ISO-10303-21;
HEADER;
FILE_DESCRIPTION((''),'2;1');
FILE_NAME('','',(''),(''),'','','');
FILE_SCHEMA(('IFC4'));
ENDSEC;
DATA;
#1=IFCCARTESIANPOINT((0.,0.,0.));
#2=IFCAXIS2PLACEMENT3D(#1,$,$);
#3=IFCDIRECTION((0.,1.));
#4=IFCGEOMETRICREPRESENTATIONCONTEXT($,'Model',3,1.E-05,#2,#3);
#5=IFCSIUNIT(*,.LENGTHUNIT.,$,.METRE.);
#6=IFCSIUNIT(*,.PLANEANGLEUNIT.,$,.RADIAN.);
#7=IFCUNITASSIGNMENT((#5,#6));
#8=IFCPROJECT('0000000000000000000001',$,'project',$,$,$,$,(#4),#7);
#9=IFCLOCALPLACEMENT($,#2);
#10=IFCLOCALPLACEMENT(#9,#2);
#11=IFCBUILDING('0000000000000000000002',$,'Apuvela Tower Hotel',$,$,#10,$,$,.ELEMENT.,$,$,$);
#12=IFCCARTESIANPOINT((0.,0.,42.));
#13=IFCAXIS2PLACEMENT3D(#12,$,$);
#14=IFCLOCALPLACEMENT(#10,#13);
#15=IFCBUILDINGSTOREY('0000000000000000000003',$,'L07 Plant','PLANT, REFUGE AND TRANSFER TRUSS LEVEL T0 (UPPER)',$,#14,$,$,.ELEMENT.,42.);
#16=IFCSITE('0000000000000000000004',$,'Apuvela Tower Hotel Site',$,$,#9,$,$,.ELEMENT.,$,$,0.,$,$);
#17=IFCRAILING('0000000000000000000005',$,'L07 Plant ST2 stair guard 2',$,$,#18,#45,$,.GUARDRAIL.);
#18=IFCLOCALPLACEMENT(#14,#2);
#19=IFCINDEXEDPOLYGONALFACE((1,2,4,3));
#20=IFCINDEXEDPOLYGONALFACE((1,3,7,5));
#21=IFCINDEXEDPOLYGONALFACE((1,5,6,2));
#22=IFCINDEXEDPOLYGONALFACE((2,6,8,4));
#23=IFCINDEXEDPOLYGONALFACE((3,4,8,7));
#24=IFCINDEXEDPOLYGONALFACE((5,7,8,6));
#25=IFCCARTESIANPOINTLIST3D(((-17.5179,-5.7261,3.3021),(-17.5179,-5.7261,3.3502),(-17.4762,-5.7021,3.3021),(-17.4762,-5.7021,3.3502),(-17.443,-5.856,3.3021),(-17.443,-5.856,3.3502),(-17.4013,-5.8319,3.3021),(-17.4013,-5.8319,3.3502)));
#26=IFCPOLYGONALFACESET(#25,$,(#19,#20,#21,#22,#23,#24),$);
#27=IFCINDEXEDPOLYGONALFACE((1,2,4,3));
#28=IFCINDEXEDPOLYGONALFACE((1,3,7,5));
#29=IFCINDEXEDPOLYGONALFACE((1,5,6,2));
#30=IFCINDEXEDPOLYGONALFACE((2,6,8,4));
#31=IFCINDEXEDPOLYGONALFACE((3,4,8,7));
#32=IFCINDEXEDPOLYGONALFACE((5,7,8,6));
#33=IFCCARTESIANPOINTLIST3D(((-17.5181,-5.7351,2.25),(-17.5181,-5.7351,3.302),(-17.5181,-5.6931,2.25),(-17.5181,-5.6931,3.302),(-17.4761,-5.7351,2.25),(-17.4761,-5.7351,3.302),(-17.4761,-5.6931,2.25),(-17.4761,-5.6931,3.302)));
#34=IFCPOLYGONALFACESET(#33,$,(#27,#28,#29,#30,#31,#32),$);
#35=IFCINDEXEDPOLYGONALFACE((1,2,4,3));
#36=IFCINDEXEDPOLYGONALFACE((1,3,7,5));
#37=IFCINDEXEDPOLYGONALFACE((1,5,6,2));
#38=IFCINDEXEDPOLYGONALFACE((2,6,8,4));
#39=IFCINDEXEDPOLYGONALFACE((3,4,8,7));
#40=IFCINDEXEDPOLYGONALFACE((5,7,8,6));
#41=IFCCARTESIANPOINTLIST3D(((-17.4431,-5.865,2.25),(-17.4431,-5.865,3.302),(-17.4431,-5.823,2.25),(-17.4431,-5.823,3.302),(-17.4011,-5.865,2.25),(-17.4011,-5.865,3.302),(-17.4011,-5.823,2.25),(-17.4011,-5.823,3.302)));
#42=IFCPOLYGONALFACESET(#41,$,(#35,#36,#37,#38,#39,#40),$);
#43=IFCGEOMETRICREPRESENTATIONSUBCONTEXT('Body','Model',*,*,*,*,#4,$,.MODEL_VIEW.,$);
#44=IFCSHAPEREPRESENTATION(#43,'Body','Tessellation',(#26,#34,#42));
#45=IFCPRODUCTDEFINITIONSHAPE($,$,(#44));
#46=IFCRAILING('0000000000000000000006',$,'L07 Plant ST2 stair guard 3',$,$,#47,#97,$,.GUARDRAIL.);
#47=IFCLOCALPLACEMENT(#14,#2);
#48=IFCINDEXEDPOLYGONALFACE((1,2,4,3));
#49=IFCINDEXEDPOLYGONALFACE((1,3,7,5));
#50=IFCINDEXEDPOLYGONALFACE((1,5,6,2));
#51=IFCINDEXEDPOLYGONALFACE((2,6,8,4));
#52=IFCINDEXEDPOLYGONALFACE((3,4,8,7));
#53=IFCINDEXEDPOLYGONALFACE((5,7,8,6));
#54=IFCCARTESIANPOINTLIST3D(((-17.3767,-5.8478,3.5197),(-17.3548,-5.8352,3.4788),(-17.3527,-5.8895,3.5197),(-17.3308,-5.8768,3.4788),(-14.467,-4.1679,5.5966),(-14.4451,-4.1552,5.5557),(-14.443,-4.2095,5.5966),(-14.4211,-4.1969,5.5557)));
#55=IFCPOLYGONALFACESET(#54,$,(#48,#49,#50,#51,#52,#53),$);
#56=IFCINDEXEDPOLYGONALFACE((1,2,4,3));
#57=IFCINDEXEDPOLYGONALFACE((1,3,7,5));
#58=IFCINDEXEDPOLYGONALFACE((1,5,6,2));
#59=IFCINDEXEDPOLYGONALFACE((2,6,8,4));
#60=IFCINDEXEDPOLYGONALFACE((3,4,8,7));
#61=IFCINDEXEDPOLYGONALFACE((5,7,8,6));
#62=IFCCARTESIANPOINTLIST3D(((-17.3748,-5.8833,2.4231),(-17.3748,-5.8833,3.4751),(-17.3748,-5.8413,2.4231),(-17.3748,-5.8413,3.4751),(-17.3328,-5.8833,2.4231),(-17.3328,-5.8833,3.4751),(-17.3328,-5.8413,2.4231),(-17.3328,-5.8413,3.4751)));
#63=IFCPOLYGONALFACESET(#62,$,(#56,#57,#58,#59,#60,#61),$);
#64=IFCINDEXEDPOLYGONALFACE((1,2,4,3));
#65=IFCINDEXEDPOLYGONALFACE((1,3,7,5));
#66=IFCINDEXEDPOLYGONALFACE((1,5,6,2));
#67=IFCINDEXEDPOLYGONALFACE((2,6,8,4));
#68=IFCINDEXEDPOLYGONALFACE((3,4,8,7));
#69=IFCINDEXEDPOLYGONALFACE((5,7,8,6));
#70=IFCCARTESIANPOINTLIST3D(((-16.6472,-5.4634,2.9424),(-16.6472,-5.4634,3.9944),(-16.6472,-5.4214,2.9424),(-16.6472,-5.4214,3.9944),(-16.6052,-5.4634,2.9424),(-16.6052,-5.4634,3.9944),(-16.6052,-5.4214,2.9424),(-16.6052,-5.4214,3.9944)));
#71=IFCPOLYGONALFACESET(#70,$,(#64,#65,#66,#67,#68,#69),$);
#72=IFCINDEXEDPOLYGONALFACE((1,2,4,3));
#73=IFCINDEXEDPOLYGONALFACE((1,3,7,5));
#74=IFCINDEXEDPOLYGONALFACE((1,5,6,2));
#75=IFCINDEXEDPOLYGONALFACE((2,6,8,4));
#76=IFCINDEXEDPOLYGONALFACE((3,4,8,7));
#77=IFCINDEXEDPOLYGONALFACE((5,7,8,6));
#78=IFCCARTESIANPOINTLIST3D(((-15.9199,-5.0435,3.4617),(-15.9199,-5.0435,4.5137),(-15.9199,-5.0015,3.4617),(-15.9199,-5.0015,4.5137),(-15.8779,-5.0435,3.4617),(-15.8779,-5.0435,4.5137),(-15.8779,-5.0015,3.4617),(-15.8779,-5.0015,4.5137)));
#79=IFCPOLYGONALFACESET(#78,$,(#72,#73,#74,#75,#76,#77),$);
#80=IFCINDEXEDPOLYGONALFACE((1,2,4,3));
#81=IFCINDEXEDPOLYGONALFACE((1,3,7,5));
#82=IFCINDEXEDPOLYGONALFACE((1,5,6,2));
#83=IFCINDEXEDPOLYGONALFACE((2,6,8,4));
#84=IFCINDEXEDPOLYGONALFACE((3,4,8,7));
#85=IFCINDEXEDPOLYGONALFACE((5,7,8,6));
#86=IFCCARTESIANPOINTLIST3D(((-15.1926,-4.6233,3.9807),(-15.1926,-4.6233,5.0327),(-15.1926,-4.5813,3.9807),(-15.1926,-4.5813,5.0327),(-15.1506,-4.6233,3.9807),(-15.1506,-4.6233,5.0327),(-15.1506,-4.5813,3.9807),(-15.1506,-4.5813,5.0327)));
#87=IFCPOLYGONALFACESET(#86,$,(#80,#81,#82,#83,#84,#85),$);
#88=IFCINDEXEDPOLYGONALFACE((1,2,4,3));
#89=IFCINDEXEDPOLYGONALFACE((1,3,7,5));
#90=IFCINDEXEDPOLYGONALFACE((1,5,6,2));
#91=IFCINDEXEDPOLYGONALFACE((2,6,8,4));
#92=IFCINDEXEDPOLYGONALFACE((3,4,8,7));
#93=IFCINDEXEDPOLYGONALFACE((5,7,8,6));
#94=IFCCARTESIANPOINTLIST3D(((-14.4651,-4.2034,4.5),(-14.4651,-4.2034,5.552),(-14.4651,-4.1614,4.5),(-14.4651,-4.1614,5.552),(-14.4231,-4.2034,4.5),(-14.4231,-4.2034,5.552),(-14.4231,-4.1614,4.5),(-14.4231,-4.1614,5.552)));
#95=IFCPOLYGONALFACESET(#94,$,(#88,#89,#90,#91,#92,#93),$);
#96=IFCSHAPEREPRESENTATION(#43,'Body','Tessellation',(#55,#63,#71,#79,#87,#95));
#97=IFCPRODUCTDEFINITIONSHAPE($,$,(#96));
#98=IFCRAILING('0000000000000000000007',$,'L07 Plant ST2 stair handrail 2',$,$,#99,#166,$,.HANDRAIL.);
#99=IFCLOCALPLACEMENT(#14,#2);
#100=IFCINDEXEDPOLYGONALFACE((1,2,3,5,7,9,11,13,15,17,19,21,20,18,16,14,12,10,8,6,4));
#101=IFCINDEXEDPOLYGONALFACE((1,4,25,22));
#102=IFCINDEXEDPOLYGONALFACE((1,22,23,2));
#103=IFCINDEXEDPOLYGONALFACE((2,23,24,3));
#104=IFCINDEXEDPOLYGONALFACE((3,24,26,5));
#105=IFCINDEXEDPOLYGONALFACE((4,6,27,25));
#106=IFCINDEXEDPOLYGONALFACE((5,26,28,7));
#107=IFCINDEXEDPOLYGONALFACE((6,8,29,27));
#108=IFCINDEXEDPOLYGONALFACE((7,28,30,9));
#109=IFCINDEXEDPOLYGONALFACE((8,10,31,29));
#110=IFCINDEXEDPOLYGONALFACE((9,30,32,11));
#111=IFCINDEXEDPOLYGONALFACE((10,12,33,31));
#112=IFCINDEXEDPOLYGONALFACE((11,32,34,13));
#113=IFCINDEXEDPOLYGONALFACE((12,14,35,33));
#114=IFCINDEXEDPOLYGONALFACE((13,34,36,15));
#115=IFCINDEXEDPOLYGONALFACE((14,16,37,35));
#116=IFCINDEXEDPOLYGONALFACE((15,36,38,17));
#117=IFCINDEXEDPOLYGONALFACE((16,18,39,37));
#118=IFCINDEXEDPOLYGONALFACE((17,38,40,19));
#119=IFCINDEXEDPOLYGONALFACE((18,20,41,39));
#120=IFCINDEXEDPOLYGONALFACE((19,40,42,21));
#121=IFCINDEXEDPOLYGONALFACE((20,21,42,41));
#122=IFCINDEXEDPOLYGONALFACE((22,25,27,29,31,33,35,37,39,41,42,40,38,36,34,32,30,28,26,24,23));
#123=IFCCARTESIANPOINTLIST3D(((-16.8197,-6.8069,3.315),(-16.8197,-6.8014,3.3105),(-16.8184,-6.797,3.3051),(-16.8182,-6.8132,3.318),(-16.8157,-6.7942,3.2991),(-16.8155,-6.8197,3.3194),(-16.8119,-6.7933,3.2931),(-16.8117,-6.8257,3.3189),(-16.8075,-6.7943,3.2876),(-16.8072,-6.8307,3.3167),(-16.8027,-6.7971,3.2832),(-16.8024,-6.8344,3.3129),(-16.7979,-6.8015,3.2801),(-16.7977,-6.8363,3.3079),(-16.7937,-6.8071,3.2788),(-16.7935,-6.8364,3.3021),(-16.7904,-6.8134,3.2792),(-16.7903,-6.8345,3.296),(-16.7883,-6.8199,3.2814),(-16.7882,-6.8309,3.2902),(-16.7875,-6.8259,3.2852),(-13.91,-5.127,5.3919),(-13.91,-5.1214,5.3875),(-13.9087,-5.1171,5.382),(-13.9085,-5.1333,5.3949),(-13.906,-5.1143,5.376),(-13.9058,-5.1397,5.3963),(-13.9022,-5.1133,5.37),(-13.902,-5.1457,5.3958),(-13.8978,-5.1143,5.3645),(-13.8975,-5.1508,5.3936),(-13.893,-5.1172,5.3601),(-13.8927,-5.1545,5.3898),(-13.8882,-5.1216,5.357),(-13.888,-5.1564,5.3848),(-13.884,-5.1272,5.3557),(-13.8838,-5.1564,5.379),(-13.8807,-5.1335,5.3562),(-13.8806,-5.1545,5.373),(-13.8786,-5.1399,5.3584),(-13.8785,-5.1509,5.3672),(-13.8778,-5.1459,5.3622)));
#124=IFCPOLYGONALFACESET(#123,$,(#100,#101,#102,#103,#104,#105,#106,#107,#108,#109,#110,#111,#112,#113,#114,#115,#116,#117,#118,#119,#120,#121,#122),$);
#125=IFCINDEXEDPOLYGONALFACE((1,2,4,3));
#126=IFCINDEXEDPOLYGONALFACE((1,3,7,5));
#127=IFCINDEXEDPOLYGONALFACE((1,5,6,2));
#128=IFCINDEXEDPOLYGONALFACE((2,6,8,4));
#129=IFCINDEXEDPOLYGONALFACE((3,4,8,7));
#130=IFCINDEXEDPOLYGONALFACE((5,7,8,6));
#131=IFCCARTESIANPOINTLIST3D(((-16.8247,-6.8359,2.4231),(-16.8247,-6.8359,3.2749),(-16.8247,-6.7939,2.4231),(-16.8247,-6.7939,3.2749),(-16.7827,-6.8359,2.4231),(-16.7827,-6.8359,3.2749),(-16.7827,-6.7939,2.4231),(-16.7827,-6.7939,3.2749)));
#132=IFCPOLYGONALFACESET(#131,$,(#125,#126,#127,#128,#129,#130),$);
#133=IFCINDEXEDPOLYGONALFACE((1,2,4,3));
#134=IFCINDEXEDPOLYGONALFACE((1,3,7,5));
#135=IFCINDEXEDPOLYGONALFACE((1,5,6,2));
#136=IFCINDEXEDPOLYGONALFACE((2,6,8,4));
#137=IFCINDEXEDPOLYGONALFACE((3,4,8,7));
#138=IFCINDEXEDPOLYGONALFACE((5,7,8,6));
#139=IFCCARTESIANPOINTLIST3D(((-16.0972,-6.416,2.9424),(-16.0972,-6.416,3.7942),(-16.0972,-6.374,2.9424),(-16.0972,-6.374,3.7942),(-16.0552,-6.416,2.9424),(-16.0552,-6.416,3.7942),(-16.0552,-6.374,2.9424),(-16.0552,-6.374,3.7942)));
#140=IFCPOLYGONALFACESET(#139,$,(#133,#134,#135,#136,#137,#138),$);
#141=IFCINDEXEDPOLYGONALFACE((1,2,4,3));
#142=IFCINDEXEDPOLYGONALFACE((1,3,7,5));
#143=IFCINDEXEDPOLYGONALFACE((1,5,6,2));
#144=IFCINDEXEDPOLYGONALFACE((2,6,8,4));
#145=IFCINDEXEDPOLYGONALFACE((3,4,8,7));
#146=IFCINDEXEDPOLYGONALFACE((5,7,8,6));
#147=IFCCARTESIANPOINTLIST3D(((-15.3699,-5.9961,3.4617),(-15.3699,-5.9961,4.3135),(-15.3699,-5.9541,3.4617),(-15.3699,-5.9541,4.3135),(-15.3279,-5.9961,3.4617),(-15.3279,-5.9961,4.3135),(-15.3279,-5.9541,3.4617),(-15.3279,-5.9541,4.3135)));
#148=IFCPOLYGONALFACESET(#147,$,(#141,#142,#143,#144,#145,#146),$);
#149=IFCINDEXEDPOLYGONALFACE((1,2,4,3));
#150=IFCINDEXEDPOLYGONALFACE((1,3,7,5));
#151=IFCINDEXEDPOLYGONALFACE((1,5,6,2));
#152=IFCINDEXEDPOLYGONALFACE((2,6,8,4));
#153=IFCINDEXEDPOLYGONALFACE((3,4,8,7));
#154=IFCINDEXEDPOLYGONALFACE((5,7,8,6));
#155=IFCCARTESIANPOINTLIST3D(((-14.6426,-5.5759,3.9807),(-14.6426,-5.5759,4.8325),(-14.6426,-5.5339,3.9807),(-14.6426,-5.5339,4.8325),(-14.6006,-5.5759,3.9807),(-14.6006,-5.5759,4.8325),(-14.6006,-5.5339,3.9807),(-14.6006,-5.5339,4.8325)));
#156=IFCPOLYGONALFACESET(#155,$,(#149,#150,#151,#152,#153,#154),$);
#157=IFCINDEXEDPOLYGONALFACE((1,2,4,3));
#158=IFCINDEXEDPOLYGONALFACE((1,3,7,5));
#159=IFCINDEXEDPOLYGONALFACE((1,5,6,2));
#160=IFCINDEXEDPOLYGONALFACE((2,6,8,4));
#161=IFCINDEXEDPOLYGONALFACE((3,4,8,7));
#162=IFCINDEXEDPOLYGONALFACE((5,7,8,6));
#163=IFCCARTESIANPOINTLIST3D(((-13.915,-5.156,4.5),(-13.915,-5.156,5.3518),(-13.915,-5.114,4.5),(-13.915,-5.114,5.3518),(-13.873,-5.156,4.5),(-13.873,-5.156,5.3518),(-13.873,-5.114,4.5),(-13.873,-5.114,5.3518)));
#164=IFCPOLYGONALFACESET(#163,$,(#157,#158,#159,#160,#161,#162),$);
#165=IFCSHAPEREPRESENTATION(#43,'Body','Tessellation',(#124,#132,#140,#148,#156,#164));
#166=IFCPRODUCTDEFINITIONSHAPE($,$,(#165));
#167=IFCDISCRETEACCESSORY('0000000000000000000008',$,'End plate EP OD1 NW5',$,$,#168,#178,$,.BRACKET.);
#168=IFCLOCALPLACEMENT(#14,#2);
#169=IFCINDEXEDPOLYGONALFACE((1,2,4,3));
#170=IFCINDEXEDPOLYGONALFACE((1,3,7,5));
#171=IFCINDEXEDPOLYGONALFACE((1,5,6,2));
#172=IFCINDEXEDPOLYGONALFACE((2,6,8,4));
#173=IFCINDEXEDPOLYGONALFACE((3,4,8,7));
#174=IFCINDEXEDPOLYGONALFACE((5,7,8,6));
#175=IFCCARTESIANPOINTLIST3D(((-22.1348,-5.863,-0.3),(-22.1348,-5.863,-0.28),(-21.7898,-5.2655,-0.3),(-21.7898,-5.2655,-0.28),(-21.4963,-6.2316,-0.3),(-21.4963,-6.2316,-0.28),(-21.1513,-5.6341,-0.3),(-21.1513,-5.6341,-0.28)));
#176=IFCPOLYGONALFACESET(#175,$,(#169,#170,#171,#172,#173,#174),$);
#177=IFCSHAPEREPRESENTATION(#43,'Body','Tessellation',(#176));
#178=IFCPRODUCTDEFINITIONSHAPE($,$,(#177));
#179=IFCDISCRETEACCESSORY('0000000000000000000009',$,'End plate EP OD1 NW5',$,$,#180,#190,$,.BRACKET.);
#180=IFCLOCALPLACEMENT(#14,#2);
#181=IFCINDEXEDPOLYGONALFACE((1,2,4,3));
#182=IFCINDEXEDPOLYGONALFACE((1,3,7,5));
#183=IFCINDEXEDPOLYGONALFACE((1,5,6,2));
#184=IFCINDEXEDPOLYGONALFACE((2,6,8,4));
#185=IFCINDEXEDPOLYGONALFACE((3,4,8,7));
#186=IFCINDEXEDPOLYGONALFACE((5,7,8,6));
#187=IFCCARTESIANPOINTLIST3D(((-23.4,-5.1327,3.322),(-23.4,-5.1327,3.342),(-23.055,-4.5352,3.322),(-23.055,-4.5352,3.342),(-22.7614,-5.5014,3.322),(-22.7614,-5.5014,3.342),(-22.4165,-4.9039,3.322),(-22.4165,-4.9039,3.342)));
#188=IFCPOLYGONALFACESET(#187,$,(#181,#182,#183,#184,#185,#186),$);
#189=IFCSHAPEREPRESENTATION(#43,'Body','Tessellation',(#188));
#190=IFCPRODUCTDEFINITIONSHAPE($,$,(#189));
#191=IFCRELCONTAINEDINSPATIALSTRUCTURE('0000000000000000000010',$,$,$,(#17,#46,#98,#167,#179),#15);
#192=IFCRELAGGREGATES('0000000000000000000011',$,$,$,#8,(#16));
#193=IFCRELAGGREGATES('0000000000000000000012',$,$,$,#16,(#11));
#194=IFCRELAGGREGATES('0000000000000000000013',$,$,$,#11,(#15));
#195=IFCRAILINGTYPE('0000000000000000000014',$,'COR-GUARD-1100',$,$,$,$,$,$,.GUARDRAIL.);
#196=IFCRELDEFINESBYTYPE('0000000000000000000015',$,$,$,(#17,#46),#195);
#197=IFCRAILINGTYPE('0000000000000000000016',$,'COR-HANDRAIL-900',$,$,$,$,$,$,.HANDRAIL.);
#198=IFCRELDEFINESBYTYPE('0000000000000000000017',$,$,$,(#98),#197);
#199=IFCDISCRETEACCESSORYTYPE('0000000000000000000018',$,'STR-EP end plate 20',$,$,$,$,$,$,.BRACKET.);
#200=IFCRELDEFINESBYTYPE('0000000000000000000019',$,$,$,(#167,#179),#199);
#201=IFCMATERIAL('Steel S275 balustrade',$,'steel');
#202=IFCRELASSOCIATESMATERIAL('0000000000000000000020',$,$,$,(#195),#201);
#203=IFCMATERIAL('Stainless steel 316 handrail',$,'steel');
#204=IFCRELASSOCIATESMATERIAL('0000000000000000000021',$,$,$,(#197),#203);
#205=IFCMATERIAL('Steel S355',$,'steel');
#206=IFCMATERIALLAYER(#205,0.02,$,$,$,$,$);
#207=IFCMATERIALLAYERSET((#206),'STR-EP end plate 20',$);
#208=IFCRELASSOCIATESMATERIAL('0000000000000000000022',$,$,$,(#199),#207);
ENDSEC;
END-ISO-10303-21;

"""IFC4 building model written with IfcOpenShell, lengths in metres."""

from ifc_helpers import new_model, si_unit, direction, frame, origin, origin_2d, place, context, subcontext, project, spatial, rectangle, circle, extrude, material, layer, layer_set, type_object, element, save


model = new_model("IFC4")

# Units and contexts
model_context = context("Model", 3, precision=1e-05, world=origin(), true_north=direction((0.0, 1.0)))
body_context = subcontext(model_context, "Body", "Model", "MODEL_VIEW")
ifc_project = project(units=[si_unit("LENGTHUNIT", "METRE"), si_unit("PLANEANGLEUNIT", "RADIAN")], contexts=[model_context])

# Site, building, storey
site_placement = place(None, origin())
site = spatial("IfcSite", under=ifc_project, at=site_placement, Name="Apuvela Tower Hotel Site", CompositionType="ELEMENT", RefElevation=0.0)
building_placement = place(site_placement, origin())
building = spatial("IfcBuilding", under=site, at=building_placement, Name="Apuvela Tower Hotel", CompositionType="ELEMENT")
storey_placement = place(building_placement, frame((0.0, 0.0, 42.0)))
storey = spatial("IfcBuildingStorey", under=building, at=storey_placement, Name="L07 Plant", Description="PLANT, REFUGE AND TRANSFER TRUSS LEVEL T0 (UPPER)", CompositionType="ELEMENT", Elevation=42.0)

# Shared definitions
ifc_material_1 = material(Name="Steel S355", Category="steel")

# Railings
ifc_material_2 = material(Name="Steel S275 balustrade", Category="steel")
railing_type_1 = type_object("IfcRailingType", Name="COR-GUARD-1100", PredefinedType="GUARDRAIL", material=ifc_material_2)
railing_1_placement = place(storey_placement, frame((-17.4971, -5.7141, 2.25)))
element("IfcRailing", 1, at=railing_1_placement, inside=storey, type_object=railing_type_1, Name="L07 Plant ST2 stair guard 2", PredefinedType="GUARDRAIL", context=body_context, shape_type="SweptSolid", body=[
    extrude(rectangle(XDim=0.0481, YDim=0.0481, at=origin_2d()), frame((0.0, 0.0, 1.0762), z_axis=(0.499816, -0.866131, 0.0), x_axis=(0.866131, 0.499816, 0.0)), (0.0, 0.0, 1.0), 0.1499),
    extrude(rectangle(XDim=0.042, YDim=0.042, at=origin_2d()), origin(), (0.0, 0.0, 1.0), 1.052),
    extrude(rectangle(XDim=0.042, YDim=0.042, at=origin_2d()), frame((0.075, -0.1299, 0.0)), (0.0, 0.0, 1.0), 1.052),
])
railing_2_placement = place(storey_placement, frame((-17.3538, -5.8623, 2.4231)))
element("IfcRailing", 2, at=railing_2_placement, inside=storey, type_object=railing_type_1, Name="L07 Plant ST2 stair guard 3", PredefinedType="GUARDRAIL", context=body_context, shape_type="SweptSolid", body=[
    extrude(rectangle(XDim=0.0481, YDim=0.0481, at=origin_2d()), frame((0.0, 0.0, 1.0762), z_axis=(0.73664, 0.425308, 0.525809), x_axis=(-0.500008, 0.866021, 0.0)), (0.0, 0.0, 1.0), 3.95),
    extrude(rectangle(XDim=0.042, YDim=0.042, at=origin_2d()), origin(), (0.0, 0.0, 1.0), 1.052),
    extrude(rectangle(XDim=0.042, YDim=0.042, at=origin_2d()), frame((0.7275, 0.4199, 0.5193)), (0.0, 0.0, 1.0), 1.052),
    extrude(rectangle(XDim=0.042, YDim=0.042, at=origin_2d()), frame((1.4548, 0.8398, 1.0386)), (0.0, 0.0, 1.0), 1.052),
    extrude(rectangle(XDim=0.042, YDim=0.042, at=origin_2d()), frame((2.1821, 1.26, 1.5576)), (0.0, 0.0, 1.0), 1.052),
    extrude(rectangle(XDim=0.042, YDim=0.042, at=origin_2d()), frame((2.9097, 1.6799, 2.0769)), (0.0, 0.0, 1.0), 1.052),
])
ifc_material_3 = material(Name="Stainless steel 316 handrail", Category="steel")
railing_type_2 = type_object("IfcRailingType", Name="COR-HANDRAIL-900", PredefinedType="HANDRAIL", material=ifc_material_3)
railing_3_placement = place(storey_placement, frame((-16.8037, -6.8149, 2.4231)))
element("IfcRailing", 3, at=railing_3_placement, inside=storey, type_object=railing_type_2, Name="L07 Plant ST2 stair handrail 2", PredefinedType="HANDRAIL", context=body_context, shape_type="SweptSolid", body=[
    extrude(circle(Radius=0.0239, at=origin_2d()), frame((0.0, 0.0, 0.876), z_axis=(0.73664, 0.425308, 0.525809), x_axis=(-0.500008, 0.866021, 0.0)), (0.0, 0.0, 1.0), 3.95),
    extrude(rectangle(XDim=0.042, YDim=0.042, at=origin_2d()), origin(), (0.0, 0.0, 1.0), 0.8518),
    extrude(rectangle(XDim=0.042, YDim=0.042, at=origin_2d()), frame((0.7275, 0.4199, 0.5193)), (0.0, 0.0, 1.0), 0.8518),
    extrude(rectangle(XDim=0.042, YDim=0.042, at=origin_2d()), frame((1.4548, 0.8398, 1.0386)), (0.0, 0.0, 1.0), 0.8518),
    extrude(rectangle(XDim=0.042, YDim=0.042, at=origin_2d()), frame((2.1821, 1.26, 1.5576)), (0.0, 0.0, 1.0), 0.8518),
    extrude(rectangle(XDim=0.042, YDim=0.042, at=origin_2d()), frame((2.9097, 1.6799, 2.0769)), (0.0, 0.0, 1.0), 0.8518),
])

# Discrete accessories
ifc_layer_1 = layer(ifc_material_1, 0.02)
ifc_layer_set_1 = layer_set([ifc_layer_1], Name="STR-EP end plate 20")
discrete_accessory_type = type_object("IfcDiscreteAccessoryType", Name="STR-EP end plate 20", PredefinedType="BRACKET", material=ifc_layer_set_1)
for number, where, z_axis, x_axis, name in (
    (4, (-21.6431, -5.7485, -0.3), (0.0, 0.0, 1.0), (-0.866025, 0.5, 0.0), "End plate EP OD1 NW5"),
    (5, (-22.9082, -5.0183, 3.322), (0.0, 0.0, 1.0), (-0.866025, 0.5, 0.0), "End plate EP OD1 NW5"),
):
    element("IfcDiscreteAccessory", number, at=place(storey_placement, frame(where, z_axis=z_axis, x_axis=x_axis)), inside=storey, type_object=discrete_accessory_type, Name=name, PredefinedType="BRACKET", context=body_context, shape_type="SweptSolid", body=[
        extrude(rectangle(XDim=0.7373, YDim=0.6899, at=origin_2d()), origin(), (0.0, 0.0, 1.0), 0.02),
    ])

save(model, "model.ifc")
